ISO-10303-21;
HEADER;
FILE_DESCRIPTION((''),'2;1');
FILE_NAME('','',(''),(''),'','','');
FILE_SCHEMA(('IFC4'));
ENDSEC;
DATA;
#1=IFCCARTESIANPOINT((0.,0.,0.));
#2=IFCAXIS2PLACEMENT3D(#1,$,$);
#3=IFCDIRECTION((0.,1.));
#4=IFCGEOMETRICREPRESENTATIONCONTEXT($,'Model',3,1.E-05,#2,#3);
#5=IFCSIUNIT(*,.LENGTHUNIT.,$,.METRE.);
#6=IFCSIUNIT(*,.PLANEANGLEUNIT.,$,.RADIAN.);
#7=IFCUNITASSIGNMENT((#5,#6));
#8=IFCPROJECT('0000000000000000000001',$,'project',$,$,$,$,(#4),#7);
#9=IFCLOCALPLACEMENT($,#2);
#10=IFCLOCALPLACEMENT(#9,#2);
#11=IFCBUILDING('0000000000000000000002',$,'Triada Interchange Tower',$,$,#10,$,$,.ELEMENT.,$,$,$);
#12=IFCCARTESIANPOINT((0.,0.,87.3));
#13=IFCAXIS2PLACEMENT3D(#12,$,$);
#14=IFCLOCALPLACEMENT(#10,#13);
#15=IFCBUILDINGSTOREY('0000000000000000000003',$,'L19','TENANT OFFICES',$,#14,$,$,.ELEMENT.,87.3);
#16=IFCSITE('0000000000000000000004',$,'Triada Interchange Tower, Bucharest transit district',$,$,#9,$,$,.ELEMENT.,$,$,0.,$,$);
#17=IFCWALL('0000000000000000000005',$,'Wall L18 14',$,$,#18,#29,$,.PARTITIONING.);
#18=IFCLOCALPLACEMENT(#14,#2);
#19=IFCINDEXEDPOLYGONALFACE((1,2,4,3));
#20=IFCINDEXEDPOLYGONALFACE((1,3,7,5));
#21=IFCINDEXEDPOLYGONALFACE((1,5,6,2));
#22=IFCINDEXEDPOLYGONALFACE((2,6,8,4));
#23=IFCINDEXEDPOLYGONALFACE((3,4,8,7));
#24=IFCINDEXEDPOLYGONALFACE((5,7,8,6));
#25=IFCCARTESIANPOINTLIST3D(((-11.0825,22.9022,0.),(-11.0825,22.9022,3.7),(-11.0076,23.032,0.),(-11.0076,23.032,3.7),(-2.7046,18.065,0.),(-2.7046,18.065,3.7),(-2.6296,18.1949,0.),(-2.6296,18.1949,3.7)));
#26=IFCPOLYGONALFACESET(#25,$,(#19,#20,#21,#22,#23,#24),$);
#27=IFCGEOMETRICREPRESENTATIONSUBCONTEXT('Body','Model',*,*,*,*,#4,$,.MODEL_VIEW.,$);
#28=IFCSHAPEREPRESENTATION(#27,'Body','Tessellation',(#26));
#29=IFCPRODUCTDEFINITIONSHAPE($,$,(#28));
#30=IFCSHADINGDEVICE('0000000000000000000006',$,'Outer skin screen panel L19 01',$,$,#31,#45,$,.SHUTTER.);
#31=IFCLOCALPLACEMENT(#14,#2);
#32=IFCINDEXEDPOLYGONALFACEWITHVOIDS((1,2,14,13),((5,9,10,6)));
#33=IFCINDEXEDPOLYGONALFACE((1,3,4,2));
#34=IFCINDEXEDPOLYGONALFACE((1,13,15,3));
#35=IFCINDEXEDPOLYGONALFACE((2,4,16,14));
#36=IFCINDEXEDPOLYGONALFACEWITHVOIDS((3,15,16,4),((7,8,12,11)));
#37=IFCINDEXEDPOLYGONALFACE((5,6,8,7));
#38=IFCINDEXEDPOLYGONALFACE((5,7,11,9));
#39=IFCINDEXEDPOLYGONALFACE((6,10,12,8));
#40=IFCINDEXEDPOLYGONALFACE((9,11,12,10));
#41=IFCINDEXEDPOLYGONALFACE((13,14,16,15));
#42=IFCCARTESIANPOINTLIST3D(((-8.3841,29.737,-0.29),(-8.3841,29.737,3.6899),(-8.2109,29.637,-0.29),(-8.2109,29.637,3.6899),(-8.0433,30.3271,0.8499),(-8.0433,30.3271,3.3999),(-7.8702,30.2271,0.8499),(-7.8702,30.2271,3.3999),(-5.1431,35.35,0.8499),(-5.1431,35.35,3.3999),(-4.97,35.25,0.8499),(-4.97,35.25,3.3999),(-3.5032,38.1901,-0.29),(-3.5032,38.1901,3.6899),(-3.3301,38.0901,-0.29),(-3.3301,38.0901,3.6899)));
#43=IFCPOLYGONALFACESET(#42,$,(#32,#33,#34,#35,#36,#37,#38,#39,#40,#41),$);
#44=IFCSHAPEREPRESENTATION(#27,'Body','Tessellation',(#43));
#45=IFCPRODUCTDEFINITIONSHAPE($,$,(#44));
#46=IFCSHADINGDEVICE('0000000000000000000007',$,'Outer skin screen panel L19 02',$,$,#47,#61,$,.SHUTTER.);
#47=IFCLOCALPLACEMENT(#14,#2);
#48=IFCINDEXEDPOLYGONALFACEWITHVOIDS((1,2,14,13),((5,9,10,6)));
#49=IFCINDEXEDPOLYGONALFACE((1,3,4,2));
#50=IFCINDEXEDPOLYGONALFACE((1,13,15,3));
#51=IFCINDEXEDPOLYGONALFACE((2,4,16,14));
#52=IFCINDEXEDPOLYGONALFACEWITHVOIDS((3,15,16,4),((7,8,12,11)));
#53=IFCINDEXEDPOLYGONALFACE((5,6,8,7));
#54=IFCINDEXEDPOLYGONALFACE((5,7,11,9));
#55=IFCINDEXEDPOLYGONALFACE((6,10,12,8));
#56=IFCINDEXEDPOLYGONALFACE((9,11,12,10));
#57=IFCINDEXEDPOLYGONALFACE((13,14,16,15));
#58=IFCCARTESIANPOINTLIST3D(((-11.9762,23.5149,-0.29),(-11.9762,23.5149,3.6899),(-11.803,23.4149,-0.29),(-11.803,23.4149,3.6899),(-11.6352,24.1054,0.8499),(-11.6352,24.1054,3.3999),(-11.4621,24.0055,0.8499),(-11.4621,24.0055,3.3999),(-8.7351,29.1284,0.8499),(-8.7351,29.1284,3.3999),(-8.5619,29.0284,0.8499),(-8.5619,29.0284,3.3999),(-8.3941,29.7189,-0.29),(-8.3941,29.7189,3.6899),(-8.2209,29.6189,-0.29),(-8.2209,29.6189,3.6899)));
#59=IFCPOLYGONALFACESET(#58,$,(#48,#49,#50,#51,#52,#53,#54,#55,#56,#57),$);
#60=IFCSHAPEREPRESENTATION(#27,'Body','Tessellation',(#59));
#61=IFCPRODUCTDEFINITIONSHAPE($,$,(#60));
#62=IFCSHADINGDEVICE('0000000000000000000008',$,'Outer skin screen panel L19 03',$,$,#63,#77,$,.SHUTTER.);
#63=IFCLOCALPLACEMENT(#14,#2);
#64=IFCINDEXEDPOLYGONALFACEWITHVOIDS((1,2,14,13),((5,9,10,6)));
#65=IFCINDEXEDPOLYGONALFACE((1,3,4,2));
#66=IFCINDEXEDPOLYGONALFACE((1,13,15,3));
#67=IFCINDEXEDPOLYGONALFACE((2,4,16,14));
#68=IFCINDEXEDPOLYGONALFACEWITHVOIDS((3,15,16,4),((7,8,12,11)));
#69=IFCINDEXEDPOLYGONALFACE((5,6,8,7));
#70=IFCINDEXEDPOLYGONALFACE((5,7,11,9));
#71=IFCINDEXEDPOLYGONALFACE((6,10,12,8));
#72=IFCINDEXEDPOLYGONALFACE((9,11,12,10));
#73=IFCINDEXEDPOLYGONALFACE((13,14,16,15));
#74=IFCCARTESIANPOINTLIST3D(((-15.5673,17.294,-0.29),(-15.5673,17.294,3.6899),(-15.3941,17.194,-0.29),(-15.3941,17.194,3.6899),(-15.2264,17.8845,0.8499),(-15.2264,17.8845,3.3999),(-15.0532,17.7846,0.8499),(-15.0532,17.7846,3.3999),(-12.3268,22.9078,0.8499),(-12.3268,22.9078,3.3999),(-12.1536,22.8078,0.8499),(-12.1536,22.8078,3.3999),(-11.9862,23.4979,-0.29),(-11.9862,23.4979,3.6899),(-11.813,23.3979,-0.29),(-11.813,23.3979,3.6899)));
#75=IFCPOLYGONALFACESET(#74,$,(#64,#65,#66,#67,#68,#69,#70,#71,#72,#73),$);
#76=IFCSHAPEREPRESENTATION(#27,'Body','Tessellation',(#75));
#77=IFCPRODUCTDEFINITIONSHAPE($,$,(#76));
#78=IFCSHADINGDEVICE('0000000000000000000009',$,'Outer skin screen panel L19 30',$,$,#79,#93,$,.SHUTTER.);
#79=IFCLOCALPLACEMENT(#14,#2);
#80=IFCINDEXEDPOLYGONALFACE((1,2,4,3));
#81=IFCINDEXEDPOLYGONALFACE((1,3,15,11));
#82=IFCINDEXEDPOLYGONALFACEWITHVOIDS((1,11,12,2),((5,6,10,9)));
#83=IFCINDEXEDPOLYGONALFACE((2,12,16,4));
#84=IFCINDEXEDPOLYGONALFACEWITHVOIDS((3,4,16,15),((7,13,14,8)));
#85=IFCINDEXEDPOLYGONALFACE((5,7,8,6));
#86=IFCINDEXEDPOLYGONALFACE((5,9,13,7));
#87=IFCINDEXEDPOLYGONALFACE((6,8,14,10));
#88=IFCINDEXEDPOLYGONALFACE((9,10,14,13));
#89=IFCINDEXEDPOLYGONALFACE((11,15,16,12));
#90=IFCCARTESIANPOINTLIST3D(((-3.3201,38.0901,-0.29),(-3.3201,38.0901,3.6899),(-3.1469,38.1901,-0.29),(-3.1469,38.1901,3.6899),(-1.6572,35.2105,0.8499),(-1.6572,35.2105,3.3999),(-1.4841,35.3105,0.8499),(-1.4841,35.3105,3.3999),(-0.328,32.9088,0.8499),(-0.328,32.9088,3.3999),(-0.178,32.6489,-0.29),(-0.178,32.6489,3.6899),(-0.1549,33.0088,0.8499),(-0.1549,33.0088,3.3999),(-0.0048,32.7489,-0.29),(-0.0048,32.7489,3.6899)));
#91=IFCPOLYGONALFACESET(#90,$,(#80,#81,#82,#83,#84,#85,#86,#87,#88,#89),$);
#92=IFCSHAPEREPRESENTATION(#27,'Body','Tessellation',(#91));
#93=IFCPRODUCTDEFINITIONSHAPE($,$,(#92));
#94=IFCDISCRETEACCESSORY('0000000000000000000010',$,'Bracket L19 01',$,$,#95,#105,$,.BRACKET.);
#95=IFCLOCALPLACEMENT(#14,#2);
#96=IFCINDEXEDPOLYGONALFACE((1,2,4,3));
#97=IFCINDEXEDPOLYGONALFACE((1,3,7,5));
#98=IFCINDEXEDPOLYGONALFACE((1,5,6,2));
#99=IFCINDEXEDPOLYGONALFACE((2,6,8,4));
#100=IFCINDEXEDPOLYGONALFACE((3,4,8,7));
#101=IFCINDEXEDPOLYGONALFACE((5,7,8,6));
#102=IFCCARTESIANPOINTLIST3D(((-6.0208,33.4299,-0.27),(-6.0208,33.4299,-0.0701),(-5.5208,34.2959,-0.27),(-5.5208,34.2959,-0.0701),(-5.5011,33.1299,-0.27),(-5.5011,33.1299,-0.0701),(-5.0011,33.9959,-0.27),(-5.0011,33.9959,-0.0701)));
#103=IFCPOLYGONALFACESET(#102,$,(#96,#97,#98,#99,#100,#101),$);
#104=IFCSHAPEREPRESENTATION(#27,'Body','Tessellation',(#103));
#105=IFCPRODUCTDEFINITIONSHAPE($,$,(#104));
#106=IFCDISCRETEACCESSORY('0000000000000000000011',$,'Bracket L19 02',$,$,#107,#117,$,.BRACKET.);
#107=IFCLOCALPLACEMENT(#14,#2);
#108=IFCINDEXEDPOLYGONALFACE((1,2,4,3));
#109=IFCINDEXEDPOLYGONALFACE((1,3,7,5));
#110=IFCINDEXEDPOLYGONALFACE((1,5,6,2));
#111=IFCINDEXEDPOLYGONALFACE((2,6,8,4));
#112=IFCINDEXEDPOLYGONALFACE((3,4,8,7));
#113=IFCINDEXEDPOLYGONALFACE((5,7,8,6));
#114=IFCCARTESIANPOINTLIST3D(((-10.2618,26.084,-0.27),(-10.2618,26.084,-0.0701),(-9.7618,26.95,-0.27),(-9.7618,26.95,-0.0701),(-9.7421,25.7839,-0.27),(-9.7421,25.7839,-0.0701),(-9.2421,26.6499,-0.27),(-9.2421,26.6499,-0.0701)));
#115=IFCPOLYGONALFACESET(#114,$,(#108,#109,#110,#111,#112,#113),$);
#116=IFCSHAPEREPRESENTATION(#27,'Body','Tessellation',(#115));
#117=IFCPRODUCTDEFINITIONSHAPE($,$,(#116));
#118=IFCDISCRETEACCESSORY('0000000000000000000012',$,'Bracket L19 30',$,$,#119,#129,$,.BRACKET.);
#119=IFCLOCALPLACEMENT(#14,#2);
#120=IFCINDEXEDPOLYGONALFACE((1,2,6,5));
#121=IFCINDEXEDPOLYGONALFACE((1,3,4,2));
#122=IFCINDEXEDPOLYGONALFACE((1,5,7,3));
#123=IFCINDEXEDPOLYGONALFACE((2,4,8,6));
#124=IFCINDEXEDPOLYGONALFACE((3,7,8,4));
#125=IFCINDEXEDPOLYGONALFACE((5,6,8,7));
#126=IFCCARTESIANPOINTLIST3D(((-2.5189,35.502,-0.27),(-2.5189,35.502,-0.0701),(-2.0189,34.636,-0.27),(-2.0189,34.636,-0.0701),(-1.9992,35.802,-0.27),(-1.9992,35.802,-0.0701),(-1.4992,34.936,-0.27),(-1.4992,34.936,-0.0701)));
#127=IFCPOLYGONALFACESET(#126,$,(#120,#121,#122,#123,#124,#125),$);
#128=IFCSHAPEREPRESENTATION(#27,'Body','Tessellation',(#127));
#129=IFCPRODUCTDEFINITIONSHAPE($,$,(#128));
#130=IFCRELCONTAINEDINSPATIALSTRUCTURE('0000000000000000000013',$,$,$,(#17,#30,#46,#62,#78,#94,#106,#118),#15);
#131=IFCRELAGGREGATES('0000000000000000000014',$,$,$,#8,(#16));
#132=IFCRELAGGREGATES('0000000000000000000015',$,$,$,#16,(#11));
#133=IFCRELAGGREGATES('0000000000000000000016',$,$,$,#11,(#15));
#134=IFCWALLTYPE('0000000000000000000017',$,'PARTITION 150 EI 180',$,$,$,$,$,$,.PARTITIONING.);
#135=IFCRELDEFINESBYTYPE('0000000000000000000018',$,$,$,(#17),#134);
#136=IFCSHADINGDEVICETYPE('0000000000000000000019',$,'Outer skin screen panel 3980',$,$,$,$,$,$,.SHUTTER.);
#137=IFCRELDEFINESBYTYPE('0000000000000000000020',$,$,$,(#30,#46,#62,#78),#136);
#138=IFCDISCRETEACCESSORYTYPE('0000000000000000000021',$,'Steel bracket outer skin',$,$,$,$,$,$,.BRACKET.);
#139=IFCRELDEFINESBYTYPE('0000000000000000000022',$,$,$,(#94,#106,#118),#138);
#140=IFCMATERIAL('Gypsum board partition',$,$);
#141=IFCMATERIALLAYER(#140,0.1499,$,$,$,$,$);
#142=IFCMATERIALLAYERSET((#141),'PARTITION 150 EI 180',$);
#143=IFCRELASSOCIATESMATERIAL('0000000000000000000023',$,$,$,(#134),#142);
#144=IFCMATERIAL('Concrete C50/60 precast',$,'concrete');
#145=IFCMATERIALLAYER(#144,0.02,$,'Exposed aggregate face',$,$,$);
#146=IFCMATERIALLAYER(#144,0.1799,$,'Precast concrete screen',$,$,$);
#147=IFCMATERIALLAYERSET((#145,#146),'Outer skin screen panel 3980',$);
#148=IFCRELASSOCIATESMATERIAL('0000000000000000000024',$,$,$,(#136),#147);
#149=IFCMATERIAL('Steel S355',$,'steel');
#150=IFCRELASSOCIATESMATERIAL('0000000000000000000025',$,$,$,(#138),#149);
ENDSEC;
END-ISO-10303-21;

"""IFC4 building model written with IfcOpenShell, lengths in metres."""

from ifc_helpers import new_model, si_unit, direction, frame, frame_2d, origin, origin_2d, place, context, subcontext, project, spatial, polyline, rectangle, outline, extrude, material, layer, layer_set, type_object, element, save


model = new_model("IFC4")

# Units and contexts
model_context = context("Model", 3, precision=1e-05, world=origin(), true_north=direction((0.0, 1.0)))
body_context = subcontext(model_context, "Body", "Model", "MODEL_VIEW")
ifc_project = project(units=[si_unit("LENGTHUNIT", "METRE"), si_unit("PLANEANGLEUNIT", "RADIAN")], contexts=[model_context])

# Site, building, storey
site_placement = place(None, origin())
site = spatial("IfcSite", under=ifc_project, at=site_placement, Name="Triada Interchange Tower, Bucharest transit district", CompositionType="ELEMENT", RefElevation=0.0)
building_placement = place(site_placement, origin())
building = spatial("IfcBuilding", under=site, at=building_placement, Name="Triada Interchange Tower", CompositionType="ELEMENT")
storey_placement = place(building_placement, frame((0.0, 0.0, 87.3)))
storey = spatial("IfcBuildingStorey", under=building, at=storey_placement, Name="L19", Description="TENANT OFFICES", CompositionType="ELEMENT", Elevation=87.3)

# Wall
ifc_material_1 = material(Name="Gypsum board partition")
ifc_layer_1 = layer(ifc_material_1, 0.1499)
ifc_layer_set_1 = layer_set([ifc_layer_1], Name="PARTITION 150 EI 180")
wall_type_1 = type_object("IfcWallType", Name="PARTITION 150 EI 180", PredefinedType="PARTITIONING", material=ifc_layer_set_1)
wall_1_placement = place(storey_placement, frame((-11.0449, 22.967, 0.0), z_axis=(0.0, 0.0, 1.0), x_axis=(0.866018, -0.500012, 0.0)))
element("IfcWall", 1, at=wall_1_placement, inside=storey, type_object=wall_type_1, Name="Wall L18 14", PredefinedType="PARTITIONING", context=body_context, shape_type="SweptSolid", body=[
    extrude(rectangle(XDim=9.6741, YDim=0.1499, at=frame_2d((4.8369, 0.0))), origin(), (0.0, 0.0, 1.0), 3.7),
])

# Shading devices
ifc_material_2 = material(Name="Concrete C50/60 precast", Category="concrete")
ifc_layer_2 = layer(ifc_material_2, 0.02, Name="Exposed aggregate face")
ifc_layer_3 = layer(ifc_material_2, 0.1799, Name="Precast concrete screen")
ifc_layer_set_2 = layer_set([ifc_layer_2, ifc_layer_3], Name="Outer skin screen panel 3980")
shading_device_type = type_object("IfcShadingDeviceType", Name="Outer skin screen panel 3980", PredefinedType="SHUTTER", material=ifc_layer_set_2)
shading_device_1_placement = place(storey_placement, frame((-3.3301, 38.0901, -0.29), z_axis=(0.0, 0.0, 1.0), x_axis=(-0.500034, -0.866006, 0.0)))
element("IfcShadingDevice", 2, at=shading_device_1_placement, inside=storey, type_object=shading_device_type, Name="Outer skin screen panel L19 01", PredefinedType="SHUTTER", context=body_context, shape_type="SweptSolid", body=[
    extrude(outline(polyline([(0.0, 0.0), (9.761, 0.0), (9.761, 3.98), (0.0, 3.98), (0.0, 0.0)]), holes=[polyline([(3.2795, 1.1399), (3.2795, 3.6899), (9.0796, 3.6899), (9.0796, 1.1399), (3.2795, 1.1399)])]), frame((0.0, 0.0, 0.0), z_axis=(0.0, -1.0, 0.0), x_axis=(1.0, 0.0, 0.0)), (0.0, 0.0, 1.0), 0.2),
])
shading_device_2_placement = place(storey_placement, frame((-8.2209, 29.6189, -0.29), z_axis=(0.0, 0.0, 1.0), x_axis=(-0.500024, -0.866011, 0.0)))
element("IfcShadingDevice", 3, at=shading_device_2_placement, inside=storey, type_object=shading_device_type, Name="Outer skin screen panel L19 02", PredefinedType="SHUTTER", context=body_context, shape_type="SweptSolid", body=[
    extrude(outline(polyline([(0.0, 0.0), (7.1638, 0.0), (7.1638, 3.98), (0.0, 3.98), (0.0, 0.0)]), holes=[polyline([(0.6819, 1.1399), (0.6819, 3.6899), (6.4819, 3.6899), (6.4819, 1.1399), (0.6819, 1.1399)])]), frame((0.0, 0.0, 0.0), z_axis=(0.0, -1.0, 0.0), x_axis=(1.0, 0.0, 0.0)), (0.0, 0.0, 1.0), 0.2),
])
shading_device_3_placement = place(storey_placement, frame((-11.813, 23.3979, -0.29), z_axis=(0.0, 0.0, 1.0), x_axis=(-0.499922, -0.86607, 0.0)))
element("IfcShadingDevice", 4, at=shading_device_3_placement, inside=storey, type_object=shading_device_type, Name="Outer skin screen panel L19 03", PredefinedType="SHUTTER", context=body_context, shape_type="SweptSolid", body=[
    extrude(outline(polyline([(0.0, 0.0), (7.1633, 0.0), (7.1633, 3.98), (0.0, 3.98), (0.0, 0.0)]), holes=[polyline([(0.6814, 1.1399), (0.6814, 3.6899), (6.4814, 3.6899), (6.4814, 1.1399), (0.6814, 1.1399)])]), frame((0.0, 0.0, 0.0), z_axis=(0.0, -1.0, 0.0), x_axis=(1.0, 0.0, 0.0)), (0.0, 0.0, 1.0), 0.2),
])
shading_device_4_placement = place(storey_placement, frame((-0.178, 32.6489, -0.29), z_axis=(0.0, 0.0, 1.0), x_axis=(-0.500076, 0.865982, 0.0)))
element("IfcShadingDevice", 5, at=shading_device_4_placement, inside=storey, type_object=shading_device_type, Name="Outer skin screen panel L19 30", PredefinedType="SHUTTER", context=body_context, shape_type="SweptSolid", body=[
    extrude(outline(polyline([(0.0, 0.0), (6.2832, 0.0), (6.2832, 3.98), (0.0, 3.98), (0.0, 0.0)]), holes=[polyline([(0.3, 1.1399), (0.3, 3.6899), (2.958, 3.6899), (2.958, 1.1399), (0.3, 1.1399)])]), frame((0.0, 0.0, 0.0), z_axis=(0.0, -1.0, 0.0), x_axis=(1.0, 0.0, 0.0)), (0.0, 0.0, 1.0), 0.2),
])

# Discrete accessories
ifc_material_3 = material(Name="Steel S355", Category="steel")
discrete_accessory_type = type_object("IfcDiscreteAccessoryType", Name="Steel bracket outer skin", PredefinedType="BRACKET", material=ifc_material_3)
for number, where, z_axis, x_axis, name in (
    (6, (-5.511, 33.7129, -0.27), (0.0, 0.0, 1.0), (-0.866025, 0.5, 0.0), "Bracket L19 01"),
    (7, (-9.752, 26.3669, -0.27), (0.0, 0.0, 1.0), (-0.866025, 0.5, 0.0), "Bracket L19 02"),
    (8, (-2.009, 35.219, -0.27), (0.0, 0.0, 1.0), (0.866023, 0.500004, 0.0), "Bracket L19 30"),
):
    element("IfcDiscreteAccessory", number, at=place(storey_placement, frame(where, z_axis=z_axis, x_axis=x_axis)), inside=storey, type_object=discrete_accessory_type, Name=name, PredefinedType="BRACKET", context=body_context, shape_type="SweptSolid", body=[
        extrude(rectangle(XDim=0.6001, YDim=1.0, at=origin_2d()), origin(), (0.0, 0.0, 1.0), 0.2),
    ])

save(model, "model.ifc")
